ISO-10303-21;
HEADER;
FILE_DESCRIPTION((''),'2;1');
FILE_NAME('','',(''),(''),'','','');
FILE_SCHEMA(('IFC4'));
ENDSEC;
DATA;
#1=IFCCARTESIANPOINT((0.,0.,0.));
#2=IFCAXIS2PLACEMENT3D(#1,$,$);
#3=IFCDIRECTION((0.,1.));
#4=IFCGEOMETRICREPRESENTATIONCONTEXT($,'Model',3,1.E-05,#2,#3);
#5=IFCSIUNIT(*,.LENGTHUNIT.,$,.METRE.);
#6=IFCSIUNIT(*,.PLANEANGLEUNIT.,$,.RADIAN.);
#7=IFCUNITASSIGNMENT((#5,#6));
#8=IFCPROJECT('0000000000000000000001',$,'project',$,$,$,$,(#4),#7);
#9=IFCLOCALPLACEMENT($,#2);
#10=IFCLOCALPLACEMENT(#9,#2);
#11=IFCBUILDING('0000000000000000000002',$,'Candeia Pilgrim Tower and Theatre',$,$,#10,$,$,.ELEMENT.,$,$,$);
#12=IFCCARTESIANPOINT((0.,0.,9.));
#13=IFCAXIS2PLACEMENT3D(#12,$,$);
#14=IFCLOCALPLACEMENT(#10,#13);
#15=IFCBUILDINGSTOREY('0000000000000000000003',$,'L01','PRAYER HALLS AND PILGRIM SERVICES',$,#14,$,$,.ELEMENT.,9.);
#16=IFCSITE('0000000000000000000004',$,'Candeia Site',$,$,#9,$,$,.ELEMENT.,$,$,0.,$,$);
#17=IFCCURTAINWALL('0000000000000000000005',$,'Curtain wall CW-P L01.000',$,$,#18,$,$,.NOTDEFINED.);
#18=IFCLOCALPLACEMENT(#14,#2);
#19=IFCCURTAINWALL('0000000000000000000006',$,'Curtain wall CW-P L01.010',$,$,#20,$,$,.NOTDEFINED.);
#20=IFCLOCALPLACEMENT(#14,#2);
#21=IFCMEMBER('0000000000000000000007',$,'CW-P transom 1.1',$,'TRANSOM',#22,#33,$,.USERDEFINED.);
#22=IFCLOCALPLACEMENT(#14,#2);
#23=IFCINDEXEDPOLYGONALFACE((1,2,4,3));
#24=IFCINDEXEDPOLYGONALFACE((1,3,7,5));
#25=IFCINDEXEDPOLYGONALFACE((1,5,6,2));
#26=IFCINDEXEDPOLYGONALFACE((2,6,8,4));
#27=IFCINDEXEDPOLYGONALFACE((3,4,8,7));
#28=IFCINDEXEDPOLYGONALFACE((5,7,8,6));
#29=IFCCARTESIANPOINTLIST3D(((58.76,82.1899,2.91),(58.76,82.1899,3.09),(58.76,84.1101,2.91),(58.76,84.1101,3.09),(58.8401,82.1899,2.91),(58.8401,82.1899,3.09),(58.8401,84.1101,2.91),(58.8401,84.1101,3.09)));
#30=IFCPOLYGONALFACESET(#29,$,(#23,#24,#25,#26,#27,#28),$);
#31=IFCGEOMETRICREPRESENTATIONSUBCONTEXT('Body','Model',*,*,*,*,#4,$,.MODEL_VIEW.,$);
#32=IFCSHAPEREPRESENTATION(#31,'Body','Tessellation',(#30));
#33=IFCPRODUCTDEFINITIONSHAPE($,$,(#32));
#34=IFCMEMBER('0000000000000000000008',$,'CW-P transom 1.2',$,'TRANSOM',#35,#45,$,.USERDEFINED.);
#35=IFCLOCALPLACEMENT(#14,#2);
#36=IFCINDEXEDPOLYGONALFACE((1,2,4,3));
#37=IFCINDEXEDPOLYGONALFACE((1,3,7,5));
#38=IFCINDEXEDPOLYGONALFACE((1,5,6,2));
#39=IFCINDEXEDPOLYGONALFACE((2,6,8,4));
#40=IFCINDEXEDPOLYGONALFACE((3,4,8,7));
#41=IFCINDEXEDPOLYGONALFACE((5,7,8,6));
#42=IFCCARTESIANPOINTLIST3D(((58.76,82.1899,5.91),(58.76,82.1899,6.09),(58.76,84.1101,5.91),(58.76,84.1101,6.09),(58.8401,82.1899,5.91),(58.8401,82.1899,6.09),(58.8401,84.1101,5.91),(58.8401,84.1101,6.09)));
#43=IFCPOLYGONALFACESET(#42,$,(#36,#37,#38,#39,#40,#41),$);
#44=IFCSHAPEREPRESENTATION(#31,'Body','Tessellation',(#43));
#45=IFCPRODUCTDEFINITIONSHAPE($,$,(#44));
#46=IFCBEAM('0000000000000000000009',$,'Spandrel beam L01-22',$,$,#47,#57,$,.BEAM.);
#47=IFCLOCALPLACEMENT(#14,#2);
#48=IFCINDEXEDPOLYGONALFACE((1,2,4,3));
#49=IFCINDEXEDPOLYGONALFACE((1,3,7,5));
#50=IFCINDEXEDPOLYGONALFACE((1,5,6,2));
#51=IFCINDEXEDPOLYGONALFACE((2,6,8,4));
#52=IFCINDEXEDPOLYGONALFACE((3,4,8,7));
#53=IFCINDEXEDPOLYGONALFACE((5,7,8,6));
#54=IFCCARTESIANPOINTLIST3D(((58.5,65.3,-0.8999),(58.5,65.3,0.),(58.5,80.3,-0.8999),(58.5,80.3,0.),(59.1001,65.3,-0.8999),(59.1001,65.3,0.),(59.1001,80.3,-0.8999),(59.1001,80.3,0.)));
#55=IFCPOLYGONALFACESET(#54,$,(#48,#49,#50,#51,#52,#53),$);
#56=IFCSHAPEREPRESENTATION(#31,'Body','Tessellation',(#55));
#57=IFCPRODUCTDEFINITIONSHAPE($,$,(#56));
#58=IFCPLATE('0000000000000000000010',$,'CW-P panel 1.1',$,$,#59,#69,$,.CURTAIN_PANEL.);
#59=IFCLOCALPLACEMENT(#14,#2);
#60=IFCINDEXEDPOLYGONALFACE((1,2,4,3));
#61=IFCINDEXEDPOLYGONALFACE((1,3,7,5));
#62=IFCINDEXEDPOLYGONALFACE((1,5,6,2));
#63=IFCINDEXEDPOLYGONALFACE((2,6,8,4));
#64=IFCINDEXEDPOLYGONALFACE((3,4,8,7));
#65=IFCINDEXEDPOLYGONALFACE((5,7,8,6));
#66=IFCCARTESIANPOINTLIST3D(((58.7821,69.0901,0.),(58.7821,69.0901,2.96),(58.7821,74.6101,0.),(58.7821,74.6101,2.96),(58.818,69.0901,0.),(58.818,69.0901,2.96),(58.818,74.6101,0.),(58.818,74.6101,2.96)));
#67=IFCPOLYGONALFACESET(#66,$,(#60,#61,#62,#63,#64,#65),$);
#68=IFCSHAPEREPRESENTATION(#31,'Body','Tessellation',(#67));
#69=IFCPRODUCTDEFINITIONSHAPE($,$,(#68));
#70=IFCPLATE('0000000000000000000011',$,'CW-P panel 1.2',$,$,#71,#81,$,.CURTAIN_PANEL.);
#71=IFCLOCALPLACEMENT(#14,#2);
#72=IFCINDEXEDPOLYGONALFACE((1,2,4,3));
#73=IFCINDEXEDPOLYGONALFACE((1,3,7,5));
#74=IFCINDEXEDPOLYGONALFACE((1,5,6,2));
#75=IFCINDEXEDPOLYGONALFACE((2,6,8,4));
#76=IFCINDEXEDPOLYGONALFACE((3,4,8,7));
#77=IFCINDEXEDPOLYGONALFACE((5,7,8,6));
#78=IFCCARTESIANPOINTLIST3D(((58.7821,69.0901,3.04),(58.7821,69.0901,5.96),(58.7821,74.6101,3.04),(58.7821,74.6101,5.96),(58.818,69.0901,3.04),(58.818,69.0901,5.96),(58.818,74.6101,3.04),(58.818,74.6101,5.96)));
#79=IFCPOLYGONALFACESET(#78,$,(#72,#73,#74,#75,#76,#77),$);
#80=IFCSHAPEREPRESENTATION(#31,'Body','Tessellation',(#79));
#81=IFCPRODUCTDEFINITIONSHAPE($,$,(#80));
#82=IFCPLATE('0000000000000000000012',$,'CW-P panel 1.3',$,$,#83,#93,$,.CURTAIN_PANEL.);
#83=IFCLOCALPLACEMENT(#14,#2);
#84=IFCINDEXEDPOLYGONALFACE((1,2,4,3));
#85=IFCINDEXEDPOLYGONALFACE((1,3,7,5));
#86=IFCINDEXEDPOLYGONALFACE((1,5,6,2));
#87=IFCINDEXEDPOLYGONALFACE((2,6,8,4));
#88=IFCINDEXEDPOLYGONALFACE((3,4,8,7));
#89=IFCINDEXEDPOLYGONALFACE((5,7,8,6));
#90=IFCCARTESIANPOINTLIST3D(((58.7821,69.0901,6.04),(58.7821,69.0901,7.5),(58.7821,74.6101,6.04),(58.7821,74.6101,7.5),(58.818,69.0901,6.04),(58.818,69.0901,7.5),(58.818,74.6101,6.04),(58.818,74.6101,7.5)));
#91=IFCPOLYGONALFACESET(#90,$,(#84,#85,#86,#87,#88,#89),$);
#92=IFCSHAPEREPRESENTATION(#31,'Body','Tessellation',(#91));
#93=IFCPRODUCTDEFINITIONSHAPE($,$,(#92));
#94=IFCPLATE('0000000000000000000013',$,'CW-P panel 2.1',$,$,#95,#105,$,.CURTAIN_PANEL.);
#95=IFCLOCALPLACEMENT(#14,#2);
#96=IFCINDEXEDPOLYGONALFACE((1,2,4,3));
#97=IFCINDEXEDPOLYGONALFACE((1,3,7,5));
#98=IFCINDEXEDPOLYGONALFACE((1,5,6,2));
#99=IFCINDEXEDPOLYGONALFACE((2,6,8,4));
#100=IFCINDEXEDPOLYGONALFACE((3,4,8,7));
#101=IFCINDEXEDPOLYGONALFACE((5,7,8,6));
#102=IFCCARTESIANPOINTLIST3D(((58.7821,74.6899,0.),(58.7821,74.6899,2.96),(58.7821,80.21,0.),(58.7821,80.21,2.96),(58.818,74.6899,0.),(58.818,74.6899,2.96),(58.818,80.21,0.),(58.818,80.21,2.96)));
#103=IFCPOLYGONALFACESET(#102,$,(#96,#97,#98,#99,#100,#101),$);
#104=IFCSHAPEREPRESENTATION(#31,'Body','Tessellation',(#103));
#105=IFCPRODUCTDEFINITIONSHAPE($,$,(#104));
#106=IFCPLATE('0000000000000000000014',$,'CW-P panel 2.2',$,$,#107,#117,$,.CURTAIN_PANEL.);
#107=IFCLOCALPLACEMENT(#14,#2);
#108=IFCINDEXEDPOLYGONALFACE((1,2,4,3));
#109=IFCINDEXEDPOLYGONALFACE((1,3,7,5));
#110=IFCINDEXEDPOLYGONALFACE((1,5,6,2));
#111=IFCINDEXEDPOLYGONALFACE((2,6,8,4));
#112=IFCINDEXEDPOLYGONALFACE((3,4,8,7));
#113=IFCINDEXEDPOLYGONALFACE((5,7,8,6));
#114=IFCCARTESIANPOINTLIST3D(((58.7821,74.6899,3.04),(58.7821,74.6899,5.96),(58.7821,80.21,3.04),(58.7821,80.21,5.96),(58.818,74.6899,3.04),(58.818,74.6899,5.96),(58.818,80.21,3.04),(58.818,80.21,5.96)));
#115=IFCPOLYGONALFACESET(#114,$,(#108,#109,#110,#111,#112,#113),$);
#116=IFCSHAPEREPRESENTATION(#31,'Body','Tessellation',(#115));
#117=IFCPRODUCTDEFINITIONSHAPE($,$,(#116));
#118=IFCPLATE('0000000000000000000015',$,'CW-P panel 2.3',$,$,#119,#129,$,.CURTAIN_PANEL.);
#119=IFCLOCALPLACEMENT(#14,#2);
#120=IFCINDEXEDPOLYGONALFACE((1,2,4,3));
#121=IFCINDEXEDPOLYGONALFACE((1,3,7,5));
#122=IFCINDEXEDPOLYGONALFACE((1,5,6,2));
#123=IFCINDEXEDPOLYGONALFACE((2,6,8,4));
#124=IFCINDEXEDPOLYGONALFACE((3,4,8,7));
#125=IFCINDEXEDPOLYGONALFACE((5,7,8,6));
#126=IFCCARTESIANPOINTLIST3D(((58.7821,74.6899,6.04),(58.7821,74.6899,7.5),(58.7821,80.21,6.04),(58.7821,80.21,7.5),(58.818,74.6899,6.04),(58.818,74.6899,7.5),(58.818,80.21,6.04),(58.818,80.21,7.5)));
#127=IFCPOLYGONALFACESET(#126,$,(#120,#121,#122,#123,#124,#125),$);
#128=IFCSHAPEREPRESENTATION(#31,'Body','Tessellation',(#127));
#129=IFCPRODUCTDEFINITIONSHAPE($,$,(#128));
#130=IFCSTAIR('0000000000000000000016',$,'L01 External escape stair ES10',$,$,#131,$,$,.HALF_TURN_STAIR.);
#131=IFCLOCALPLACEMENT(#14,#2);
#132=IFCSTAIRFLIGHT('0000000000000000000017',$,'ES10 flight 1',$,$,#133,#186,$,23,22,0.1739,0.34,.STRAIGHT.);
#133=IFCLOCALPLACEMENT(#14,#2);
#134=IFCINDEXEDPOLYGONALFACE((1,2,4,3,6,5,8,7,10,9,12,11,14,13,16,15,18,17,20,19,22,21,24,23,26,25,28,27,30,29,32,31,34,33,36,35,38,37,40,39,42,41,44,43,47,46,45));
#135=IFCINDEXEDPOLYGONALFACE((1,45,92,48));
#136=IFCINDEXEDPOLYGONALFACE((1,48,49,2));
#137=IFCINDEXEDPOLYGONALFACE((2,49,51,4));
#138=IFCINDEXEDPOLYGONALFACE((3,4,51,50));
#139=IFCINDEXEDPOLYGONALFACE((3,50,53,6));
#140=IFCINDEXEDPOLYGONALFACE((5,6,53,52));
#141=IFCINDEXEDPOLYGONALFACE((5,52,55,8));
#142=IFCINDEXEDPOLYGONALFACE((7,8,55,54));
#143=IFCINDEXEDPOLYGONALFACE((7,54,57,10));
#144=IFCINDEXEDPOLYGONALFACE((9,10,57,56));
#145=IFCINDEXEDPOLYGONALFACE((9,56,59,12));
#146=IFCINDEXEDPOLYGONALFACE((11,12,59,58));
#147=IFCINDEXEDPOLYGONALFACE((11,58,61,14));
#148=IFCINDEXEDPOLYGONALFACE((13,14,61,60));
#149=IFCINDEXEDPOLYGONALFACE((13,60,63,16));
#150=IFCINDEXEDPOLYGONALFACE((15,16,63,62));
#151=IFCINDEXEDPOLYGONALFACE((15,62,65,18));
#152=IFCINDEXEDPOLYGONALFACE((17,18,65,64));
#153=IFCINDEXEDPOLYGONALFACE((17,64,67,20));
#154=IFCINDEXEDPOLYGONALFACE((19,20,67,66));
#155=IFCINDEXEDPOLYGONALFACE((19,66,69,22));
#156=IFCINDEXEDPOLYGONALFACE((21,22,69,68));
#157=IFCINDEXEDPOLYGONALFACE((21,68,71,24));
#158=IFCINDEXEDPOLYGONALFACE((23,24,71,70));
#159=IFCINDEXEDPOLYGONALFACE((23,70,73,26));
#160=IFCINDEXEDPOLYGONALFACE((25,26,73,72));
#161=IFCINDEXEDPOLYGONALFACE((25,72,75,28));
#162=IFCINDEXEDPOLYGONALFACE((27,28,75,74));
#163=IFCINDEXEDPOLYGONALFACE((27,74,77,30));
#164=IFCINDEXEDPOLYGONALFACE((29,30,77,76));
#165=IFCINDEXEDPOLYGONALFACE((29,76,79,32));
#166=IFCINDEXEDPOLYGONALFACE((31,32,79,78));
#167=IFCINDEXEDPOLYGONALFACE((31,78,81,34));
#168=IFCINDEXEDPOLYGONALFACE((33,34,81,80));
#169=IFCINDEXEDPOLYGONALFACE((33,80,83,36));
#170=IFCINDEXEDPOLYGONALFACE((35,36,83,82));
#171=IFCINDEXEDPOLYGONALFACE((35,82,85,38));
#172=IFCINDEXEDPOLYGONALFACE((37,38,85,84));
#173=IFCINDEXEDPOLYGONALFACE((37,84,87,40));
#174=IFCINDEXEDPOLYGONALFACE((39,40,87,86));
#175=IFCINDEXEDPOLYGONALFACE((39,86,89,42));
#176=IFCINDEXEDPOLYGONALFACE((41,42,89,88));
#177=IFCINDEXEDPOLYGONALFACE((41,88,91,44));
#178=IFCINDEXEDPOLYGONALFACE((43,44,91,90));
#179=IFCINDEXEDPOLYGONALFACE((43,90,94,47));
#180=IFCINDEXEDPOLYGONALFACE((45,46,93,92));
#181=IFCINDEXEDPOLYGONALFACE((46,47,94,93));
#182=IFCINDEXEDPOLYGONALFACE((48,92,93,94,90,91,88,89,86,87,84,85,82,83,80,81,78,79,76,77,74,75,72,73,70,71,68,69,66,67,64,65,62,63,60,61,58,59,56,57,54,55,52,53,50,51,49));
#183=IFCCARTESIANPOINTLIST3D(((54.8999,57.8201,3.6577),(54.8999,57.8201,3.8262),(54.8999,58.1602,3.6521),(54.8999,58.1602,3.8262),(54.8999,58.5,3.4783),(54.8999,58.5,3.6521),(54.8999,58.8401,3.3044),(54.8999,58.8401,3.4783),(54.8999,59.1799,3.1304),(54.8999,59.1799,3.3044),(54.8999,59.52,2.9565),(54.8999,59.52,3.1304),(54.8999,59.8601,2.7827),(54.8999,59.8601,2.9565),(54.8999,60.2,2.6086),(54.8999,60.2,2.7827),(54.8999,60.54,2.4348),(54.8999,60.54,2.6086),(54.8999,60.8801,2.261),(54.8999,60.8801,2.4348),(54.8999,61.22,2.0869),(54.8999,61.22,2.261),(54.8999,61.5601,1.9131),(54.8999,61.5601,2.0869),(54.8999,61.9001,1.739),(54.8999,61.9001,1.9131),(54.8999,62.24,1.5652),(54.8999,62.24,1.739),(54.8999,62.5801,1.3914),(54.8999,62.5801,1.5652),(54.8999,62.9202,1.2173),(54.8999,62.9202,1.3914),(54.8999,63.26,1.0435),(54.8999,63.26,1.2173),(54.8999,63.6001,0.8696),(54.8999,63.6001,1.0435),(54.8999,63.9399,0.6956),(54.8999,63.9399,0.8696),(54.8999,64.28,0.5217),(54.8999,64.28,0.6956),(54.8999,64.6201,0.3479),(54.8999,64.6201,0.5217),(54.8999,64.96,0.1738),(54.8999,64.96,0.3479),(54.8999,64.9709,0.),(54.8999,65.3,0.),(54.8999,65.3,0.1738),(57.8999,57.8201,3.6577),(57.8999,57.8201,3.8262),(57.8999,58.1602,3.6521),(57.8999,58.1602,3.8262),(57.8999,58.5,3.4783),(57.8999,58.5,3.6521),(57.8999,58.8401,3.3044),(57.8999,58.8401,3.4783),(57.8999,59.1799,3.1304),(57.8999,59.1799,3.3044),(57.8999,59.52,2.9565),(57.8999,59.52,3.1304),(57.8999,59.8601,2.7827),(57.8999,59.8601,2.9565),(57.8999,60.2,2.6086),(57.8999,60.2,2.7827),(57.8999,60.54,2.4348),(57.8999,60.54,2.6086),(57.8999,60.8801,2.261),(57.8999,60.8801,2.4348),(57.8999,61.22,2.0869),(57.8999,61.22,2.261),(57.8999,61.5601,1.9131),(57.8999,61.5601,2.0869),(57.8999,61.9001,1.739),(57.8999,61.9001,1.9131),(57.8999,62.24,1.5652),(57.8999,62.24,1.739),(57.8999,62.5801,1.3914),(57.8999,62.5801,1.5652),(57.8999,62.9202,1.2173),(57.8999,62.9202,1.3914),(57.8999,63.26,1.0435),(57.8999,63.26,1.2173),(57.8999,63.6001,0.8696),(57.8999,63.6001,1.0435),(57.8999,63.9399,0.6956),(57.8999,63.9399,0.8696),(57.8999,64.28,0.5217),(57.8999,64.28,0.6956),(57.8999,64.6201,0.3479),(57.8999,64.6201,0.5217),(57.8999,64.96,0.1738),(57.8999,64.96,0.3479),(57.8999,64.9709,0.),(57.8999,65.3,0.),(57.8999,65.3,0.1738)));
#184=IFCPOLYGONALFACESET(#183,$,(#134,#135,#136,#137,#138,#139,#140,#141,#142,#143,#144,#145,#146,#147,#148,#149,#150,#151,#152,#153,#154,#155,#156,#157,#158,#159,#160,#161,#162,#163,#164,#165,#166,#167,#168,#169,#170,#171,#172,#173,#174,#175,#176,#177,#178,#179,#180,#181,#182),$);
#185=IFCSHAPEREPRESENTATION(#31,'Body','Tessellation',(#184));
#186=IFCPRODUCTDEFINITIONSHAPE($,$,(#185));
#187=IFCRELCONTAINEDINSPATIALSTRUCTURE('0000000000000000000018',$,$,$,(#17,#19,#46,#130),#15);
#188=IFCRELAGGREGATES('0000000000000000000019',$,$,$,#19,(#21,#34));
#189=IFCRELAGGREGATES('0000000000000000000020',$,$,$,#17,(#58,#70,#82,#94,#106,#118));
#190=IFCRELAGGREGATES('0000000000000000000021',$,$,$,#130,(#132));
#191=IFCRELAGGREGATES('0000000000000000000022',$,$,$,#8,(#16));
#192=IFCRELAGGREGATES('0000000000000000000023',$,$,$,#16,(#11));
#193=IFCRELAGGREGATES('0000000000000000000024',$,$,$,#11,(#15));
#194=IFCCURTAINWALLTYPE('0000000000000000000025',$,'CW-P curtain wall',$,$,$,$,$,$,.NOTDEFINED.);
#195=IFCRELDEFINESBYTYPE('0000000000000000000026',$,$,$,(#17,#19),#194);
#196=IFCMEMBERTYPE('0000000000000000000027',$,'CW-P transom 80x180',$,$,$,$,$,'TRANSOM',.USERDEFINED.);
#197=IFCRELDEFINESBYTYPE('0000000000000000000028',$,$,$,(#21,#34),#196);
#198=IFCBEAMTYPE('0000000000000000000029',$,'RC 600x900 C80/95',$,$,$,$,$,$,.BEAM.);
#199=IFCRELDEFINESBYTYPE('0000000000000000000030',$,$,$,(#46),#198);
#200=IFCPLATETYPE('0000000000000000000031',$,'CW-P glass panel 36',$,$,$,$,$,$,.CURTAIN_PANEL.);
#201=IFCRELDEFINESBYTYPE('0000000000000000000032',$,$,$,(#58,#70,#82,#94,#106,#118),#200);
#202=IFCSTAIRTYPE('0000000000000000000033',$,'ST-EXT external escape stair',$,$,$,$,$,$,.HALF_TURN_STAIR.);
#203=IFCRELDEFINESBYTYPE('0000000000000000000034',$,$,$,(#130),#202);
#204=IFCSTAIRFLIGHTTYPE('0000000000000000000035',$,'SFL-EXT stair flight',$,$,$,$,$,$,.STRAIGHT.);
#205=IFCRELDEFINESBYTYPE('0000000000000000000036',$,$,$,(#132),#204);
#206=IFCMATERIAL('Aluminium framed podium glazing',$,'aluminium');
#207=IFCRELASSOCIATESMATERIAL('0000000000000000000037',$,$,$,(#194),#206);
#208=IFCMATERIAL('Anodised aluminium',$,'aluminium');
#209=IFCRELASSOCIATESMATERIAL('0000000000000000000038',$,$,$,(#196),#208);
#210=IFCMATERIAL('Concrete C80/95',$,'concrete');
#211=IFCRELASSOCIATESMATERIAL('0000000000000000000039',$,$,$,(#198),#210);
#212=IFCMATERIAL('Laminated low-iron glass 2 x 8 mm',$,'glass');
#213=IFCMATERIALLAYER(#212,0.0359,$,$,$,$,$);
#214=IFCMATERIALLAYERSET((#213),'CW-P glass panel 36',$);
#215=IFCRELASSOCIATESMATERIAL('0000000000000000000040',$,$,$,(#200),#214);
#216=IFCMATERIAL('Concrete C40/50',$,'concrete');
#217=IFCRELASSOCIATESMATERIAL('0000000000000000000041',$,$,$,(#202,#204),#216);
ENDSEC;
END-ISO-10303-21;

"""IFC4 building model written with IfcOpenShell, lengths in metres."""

from ifc_helpers import new_model, si_unit, direction, frame, origin, origin_2d, place, context, subcontext, project, spatial, polyline, rectangle, outline, extrude, material, layer, layer_set, material_profile, profile_set, type_object, element, aggregate, save


model = new_model("IFC4")

# Units and contexts
model_context = context("Model", 3, precision=1e-05, world=origin(), true_north=direction((0.0, 1.0)))
body_context = subcontext(model_context, "Body", "Model", "MODEL_VIEW")
ifc_project = project(units=[si_unit("LENGTHUNIT", "METRE"), si_unit("PLANEANGLEUNIT", "RADIAN")], contexts=[model_context])

# Site, building, storey
site_placement = place(None, origin())
site = spatial("IfcSite", under=ifc_project, at=site_placement, Name="Candeia Site", CompositionType="ELEMENT", RefElevation=0.0)
building_placement = place(site_placement, origin())
building = spatial("IfcBuilding", under=site, at=building_placement, Name="Candeia Pilgrim Tower and Theatre", CompositionType="ELEMENT")
storey_placement = place(building_placement, frame((0.0, 0.0, 9.0)))
storey = spatial("IfcBuildingStorey", under=building, at=storey_placement, Name="L01", Description="PRAYER HALLS AND PILGRIM SERVICES", CompositionType="ELEMENT", Elevation=9.0)

# Shared definitions
ifc_material_1 = material(Name="Concrete C40/50", Category="concrete")
ifc_material_2 = material(Name="Concrete C80/95", Category="concrete")

# Curtain wall
ifc_material_3 = material(Name="Aluminium framed podium glazing", Category="aluminium")
curtain_wall_type = type_object("IfcCurtainWallType", Name="CW-P curtain wall", PredefinedType="NOTDEFINED", material=ifc_material_3)
curtain_wall_1_placement = place(storey_placement, origin())
curtain_wall_1 = element("IfcCurtainWall", 1, at=curtain_wall_1_placement, inside=storey, type_object=curtain_wall_type, Name="Curtain wall CW-P L01.000", PredefinedType="NOTDEFINED")
ifc_material_4 = material(Name="Anodised aluminium", Category="aluminium")

# Curtain wall
curtain_wall_2_placement = place(storey_placement, origin())
curtain_wall_2 = element("IfcCurtainWall", 2, at=curtain_wall_2_placement, inside=storey, type_object=curtain_wall_type, Name="Curtain wall CW-P L01.010", PredefinedType="NOTDEFINED")

# Members
ifc_material_profile_1 = material_profile(ifc_material_4, rectangle(XDim=0.0801, YDim=0.1799, at=origin_2d()))
ifc_profile_set_1 = profile_set([ifc_material_profile_1], Name="Anodised aluminium")
member_type_1 = type_object("IfcMemberType", Name="CW-P transom 80x180", ElementType="TRANSOM", PredefinedType="USERDEFINED", material=ifc_profile_set_1)
member_1_placement = place(storey_placement, frame((58.8, 82.1899, 3.0), z_axis=(0.0, 1.0, 0.0), x_axis=(-1.0, 0.0, 0.0)))
member_1 = element("IfcMember", 3, at=member_1_placement, type_object=member_type_1, Name="CW-P transom 1.1", ObjectType="TRANSOM", PredefinedType="USERDEFINED", context=body_context, shape_type="SweptSolid", body=[
    extrude(rectangle(XDim=0.0801, YDim=0.1799, at=origin_2d()), origin(), (0.0, 0.0, 1.0), 1.9202),
])
member_2_placement = place(storey_placement, frame((58.8, 82.1899, 6.0), z_axis=(0.0, 1.0, 0.0), x_axis=(-1.0, 0.0, 0.0)))
member_2 = element("IfcMember", 4, at=member_2_placement, type_object=member_type_1, Name="CW-P transom 1.2", ObjectType="TRANSOM", PredefinedType="USERDEFINED", context=body_context, shape_type="SweptSolid", body=[
    extrude(rectangle(XDim=0.0801, YDim=0.1799, at=origin_2d()), origin(), (0.0, 0.0, 1.0), 1.9202),
])
aggregate(curtain_wall_2, [member_1, member_2])

# Beam
ifc_material_profile_2 = material_profile(ifc_material_2, rectangle(XDim=0.6001, YDim=0.8999, at=origin_2d()))
ifc_profile_set_2 = profile_set([ifc_material_profile_2], Name="Concrete C80/95")
beam_type = type_object("IfcBeamType", Name="RC 600x900 C80/95", PredefinedType="BEAM", material=ifc_profile_set_2)
beam_placement = place(storey_placement, frame((58.8, 80.3, -0.45), z_axis=(0.0, -1.0, 0.0), x_axis=(1.0, 0.0, 0.0)))
element("IfcBeam", 5, at=beam_placement, inside=storey, type_object=beam_type, Name="Spandrel beam L01-22", PredefinedType="BEAM", context=body_context, shape_type="SweptSolid", body=[
    extrude(rectangle(XDim=0.6001, YDim=0.8999, at=origin_2d()), origin(), (0.0, 0.0, 1.0), 15.0),
])

# Plates
ifc_material_5 = material(Name="Laminated low-iron glass 2 x 8 mm", Category="glass")
ifc_layer_1 = layer(ifc_material_5, 0.0359)
ifc_layer_set_1 = layer_set([ifc_layer_1], Name="CW-P glass panel 36")
plate_type = type_object("IfcPlateType", Name="CW-P glass panel 36", PredefinedType="CURTAIN_PANEL", material=ifc_layer_set_1)
plate_1_placement = place(storey_placement, frame((58.8, 71.8501, 0.0), z_axis=(0.0, 0.0, 1.0), x_axis=(0.0, 1.0, 0.0)))
plate_1 = element("IfcPlate", 6, at=plate_1_placement, type_object=plate_type, Name="CW-P panel 1.1", PredefinedType="CURTAIN_PANEL", context=body_context, shape_type="SweptSolid", body=[
    extrude(rectangle(XDim=5.52, YDim=0.0359, at=origin_2d()), origin(), (0.0, 0.0, 1.0), 2.96),
])
plate_2_placement = place(storey_placement, frame((58.8, 71.8501, 3.04), z_axis=(0.0, 0.0, 1.0), x_axis=(0.0, 1.0, 0.0)))
plate_2 = element("IfcPlate", 7, at=plate_2_placement, type_object=plate_type, Name="CW-P panel 1.2", PredefinedType="CURTAIN_PANEL", context=body_context, shape_type="SweptSolid", body=[
    extrude(rectangle(XDim=5.52, YDim=0.0359, at=origin_2d()), origin(), (0.0, 0.0, 1.0), 2.9199),
])
plate_3_placement = place(storey_placement, frame((58.8, 71.8501, 6.04), z_axis=(0.0, 0.0, 1.0), x_axis=(0.0, 1.0, 0.0)))
plate_3 = element("IfcPlate", 8, at=plate_3_placement, type_object=plate_type, Name="CW-P panel 1.3", PredefinedType="CURTAIN_PANEL", context=body_context, shape_type="SweptSolid", body=[
    extrude(rectangle(XDim=5.52, YDim=0.0359, at=origin_2d()), origin(), (0.0, 0.0, 1.0), 1.46),
])
plate_4_placement = place(storey_placement, frame((58.8, 77.45, 0.0), z_axis=(0.0, 0.0, 1.0), x_axis=(0.0, 1.0, 0.0)))
plate_4 = element("IfcPlate", 9, at=plate_4_placement, type_object=plate_type, Name="CW-P panel 2.1", PredefinedType="CURTAIN_PANEL", context=body_context, shape_type="SweptSolid", body=[
    extrude(rectangle(XDim=5.52, YDim=0.0359, at=origin_2d()), origin(), (0.0, 0.0, 1.0), 2.96),
])
plate_5_placement = place(storey_placement, frame((58.8, 77.45, 3.04), z_axis=(0.0, 0.0, 1.0), x_axis=(0.0, 1.0, 0.0)))
plate_5 = element("IfcPlate", 10, at=plate_5_placement, type_object=plate_type, Name="CW-P panel 2.2", PredefinedType="CURTAIN_PANEL", context=body_context, shape_type="SweptSolid", body=[
    extrude(rectangle(XDim=5.52, YDim=0.0359, at=origin_2d()), origin(), (0.0, 0.0, 1.0), 2.9199),
])
plate_6_placement = place(storey_placement, frame((58.8, 77.45, 6.04), z_axis=(0.0, 0.0, 1.0), x_axis=(0.0, 1.0, 0.0)))
plate_6 = element("IfcPlate", 11, at=plate_6_placement, type_object=plate_type, Name="CW-P panel 2.3", PredefinedType="CURTAIN_PANEL", context=body_context, shape_type="SweptSolid", body=[
    extrude(rectangle(XDim=5.52, YDim=0.0359, at=origin_2d()), origin(), (0.0, 0.0, 1.0), 1.46),
])
aggregate(curtain_wall_1, [plate_1, plate_2, plate_3, plate_4, plate_5, plate_6])

# Stair, stair flight
stair_type = type_object("IfcStairType", Name="ST-EXT external escape stair", PredefinedType="HALF_TURN_STAIR", material=ifc_material_1)
stair_1_placement = place(storey_placement, origin())
stair_1 = element("IfcStair", 12, at=stair_1_placement, inside=storey, type_object=stair_type, Name="L01 External escape stair ES10", PredefinedType="HALF_TURN_STAIR")
stair_flight_type = type_object("IfcStairFlightType", Name="SFL-EXT stair flight", PredefinedType="STRAIGHT", material=ifc_material_1)
stair_flight_1_placement = place(storey_placement, frame((56.3999, 65.3, 0.0), z_axis=(0.0, 0.0, 1.0), x_axis=(0.0, -1.0, 0.0)))
stair_flight_1 = element("IfcStairFlight", 13, at=stair_flight_1_placement, type_object=stair_flight_type, Name="ES10 flight 1", NumberOfRisers=23, NumberOfTreads=22, PredefinedType="STRAIGHT", RiserHeight=0.1739, TreadLength=0.34, context=body_context, shape_type="SweptSolid", body=[
    extrude(outline(polyline([(0.0, 0.0), (0.0, 0.1738), (0.3401, 0.1738), (0.3401, 0.3479), (0.6799, 0.3479), (0.6799, 0.5217), (1.02, 0.5217), (1.02, 0.6956), (1.3601, 0.6956), (1.3601, 0.8696), (1.7, 0.8696), (1.7, 1.0435), (2.04, 1.0435), (2.04, 1.2173), (2.3799, 1.2173), (2.3799, 1.3914), (2.72, 1.3914), (2.72, 1.5652), (3.0601, 1.5652), (3.0601, 1.739), (3.3999, 1.739), (3.3999, 1.9131), (3.74, 1.9131), (3.74, 2.0869), (4.0801, 2.0869), (4.0801, 2.261), (4.4199, 2.261), (4.4199, 2.4348), (4.76, 2.4348), (4.76, 2.6086), (5.1001, 2.6086), (5.1001, 2.7827), (5.4399, 2.7827), (5.4399, 2.9565), (5.78, 2.9565), (5.78, 3.1304), (6.1201, 3.1304), (6.1201, 3.3044), (6.46, 3.3044), (6.46, 3.4783), (6.8, 3.4783), (6.8, 3.6521), (7.1399, 3.6521), (7.1399, 3.8262), (7.48, 3.8262), (7.48, 4.0), (7.48, 3.6577), (0.3291, 0.0), (0.0, 0.0)])), frame((0.0, 1.5, 0.0), z_axis=(0.0, -1.0, 0.0), x_axis=(1.0, 0.0, 0.0)), (0.0, 0.0, 1.0), 3.0),
])
aggregate(stair_1, [stair_flight_1])

save(model, "model.ifc")
